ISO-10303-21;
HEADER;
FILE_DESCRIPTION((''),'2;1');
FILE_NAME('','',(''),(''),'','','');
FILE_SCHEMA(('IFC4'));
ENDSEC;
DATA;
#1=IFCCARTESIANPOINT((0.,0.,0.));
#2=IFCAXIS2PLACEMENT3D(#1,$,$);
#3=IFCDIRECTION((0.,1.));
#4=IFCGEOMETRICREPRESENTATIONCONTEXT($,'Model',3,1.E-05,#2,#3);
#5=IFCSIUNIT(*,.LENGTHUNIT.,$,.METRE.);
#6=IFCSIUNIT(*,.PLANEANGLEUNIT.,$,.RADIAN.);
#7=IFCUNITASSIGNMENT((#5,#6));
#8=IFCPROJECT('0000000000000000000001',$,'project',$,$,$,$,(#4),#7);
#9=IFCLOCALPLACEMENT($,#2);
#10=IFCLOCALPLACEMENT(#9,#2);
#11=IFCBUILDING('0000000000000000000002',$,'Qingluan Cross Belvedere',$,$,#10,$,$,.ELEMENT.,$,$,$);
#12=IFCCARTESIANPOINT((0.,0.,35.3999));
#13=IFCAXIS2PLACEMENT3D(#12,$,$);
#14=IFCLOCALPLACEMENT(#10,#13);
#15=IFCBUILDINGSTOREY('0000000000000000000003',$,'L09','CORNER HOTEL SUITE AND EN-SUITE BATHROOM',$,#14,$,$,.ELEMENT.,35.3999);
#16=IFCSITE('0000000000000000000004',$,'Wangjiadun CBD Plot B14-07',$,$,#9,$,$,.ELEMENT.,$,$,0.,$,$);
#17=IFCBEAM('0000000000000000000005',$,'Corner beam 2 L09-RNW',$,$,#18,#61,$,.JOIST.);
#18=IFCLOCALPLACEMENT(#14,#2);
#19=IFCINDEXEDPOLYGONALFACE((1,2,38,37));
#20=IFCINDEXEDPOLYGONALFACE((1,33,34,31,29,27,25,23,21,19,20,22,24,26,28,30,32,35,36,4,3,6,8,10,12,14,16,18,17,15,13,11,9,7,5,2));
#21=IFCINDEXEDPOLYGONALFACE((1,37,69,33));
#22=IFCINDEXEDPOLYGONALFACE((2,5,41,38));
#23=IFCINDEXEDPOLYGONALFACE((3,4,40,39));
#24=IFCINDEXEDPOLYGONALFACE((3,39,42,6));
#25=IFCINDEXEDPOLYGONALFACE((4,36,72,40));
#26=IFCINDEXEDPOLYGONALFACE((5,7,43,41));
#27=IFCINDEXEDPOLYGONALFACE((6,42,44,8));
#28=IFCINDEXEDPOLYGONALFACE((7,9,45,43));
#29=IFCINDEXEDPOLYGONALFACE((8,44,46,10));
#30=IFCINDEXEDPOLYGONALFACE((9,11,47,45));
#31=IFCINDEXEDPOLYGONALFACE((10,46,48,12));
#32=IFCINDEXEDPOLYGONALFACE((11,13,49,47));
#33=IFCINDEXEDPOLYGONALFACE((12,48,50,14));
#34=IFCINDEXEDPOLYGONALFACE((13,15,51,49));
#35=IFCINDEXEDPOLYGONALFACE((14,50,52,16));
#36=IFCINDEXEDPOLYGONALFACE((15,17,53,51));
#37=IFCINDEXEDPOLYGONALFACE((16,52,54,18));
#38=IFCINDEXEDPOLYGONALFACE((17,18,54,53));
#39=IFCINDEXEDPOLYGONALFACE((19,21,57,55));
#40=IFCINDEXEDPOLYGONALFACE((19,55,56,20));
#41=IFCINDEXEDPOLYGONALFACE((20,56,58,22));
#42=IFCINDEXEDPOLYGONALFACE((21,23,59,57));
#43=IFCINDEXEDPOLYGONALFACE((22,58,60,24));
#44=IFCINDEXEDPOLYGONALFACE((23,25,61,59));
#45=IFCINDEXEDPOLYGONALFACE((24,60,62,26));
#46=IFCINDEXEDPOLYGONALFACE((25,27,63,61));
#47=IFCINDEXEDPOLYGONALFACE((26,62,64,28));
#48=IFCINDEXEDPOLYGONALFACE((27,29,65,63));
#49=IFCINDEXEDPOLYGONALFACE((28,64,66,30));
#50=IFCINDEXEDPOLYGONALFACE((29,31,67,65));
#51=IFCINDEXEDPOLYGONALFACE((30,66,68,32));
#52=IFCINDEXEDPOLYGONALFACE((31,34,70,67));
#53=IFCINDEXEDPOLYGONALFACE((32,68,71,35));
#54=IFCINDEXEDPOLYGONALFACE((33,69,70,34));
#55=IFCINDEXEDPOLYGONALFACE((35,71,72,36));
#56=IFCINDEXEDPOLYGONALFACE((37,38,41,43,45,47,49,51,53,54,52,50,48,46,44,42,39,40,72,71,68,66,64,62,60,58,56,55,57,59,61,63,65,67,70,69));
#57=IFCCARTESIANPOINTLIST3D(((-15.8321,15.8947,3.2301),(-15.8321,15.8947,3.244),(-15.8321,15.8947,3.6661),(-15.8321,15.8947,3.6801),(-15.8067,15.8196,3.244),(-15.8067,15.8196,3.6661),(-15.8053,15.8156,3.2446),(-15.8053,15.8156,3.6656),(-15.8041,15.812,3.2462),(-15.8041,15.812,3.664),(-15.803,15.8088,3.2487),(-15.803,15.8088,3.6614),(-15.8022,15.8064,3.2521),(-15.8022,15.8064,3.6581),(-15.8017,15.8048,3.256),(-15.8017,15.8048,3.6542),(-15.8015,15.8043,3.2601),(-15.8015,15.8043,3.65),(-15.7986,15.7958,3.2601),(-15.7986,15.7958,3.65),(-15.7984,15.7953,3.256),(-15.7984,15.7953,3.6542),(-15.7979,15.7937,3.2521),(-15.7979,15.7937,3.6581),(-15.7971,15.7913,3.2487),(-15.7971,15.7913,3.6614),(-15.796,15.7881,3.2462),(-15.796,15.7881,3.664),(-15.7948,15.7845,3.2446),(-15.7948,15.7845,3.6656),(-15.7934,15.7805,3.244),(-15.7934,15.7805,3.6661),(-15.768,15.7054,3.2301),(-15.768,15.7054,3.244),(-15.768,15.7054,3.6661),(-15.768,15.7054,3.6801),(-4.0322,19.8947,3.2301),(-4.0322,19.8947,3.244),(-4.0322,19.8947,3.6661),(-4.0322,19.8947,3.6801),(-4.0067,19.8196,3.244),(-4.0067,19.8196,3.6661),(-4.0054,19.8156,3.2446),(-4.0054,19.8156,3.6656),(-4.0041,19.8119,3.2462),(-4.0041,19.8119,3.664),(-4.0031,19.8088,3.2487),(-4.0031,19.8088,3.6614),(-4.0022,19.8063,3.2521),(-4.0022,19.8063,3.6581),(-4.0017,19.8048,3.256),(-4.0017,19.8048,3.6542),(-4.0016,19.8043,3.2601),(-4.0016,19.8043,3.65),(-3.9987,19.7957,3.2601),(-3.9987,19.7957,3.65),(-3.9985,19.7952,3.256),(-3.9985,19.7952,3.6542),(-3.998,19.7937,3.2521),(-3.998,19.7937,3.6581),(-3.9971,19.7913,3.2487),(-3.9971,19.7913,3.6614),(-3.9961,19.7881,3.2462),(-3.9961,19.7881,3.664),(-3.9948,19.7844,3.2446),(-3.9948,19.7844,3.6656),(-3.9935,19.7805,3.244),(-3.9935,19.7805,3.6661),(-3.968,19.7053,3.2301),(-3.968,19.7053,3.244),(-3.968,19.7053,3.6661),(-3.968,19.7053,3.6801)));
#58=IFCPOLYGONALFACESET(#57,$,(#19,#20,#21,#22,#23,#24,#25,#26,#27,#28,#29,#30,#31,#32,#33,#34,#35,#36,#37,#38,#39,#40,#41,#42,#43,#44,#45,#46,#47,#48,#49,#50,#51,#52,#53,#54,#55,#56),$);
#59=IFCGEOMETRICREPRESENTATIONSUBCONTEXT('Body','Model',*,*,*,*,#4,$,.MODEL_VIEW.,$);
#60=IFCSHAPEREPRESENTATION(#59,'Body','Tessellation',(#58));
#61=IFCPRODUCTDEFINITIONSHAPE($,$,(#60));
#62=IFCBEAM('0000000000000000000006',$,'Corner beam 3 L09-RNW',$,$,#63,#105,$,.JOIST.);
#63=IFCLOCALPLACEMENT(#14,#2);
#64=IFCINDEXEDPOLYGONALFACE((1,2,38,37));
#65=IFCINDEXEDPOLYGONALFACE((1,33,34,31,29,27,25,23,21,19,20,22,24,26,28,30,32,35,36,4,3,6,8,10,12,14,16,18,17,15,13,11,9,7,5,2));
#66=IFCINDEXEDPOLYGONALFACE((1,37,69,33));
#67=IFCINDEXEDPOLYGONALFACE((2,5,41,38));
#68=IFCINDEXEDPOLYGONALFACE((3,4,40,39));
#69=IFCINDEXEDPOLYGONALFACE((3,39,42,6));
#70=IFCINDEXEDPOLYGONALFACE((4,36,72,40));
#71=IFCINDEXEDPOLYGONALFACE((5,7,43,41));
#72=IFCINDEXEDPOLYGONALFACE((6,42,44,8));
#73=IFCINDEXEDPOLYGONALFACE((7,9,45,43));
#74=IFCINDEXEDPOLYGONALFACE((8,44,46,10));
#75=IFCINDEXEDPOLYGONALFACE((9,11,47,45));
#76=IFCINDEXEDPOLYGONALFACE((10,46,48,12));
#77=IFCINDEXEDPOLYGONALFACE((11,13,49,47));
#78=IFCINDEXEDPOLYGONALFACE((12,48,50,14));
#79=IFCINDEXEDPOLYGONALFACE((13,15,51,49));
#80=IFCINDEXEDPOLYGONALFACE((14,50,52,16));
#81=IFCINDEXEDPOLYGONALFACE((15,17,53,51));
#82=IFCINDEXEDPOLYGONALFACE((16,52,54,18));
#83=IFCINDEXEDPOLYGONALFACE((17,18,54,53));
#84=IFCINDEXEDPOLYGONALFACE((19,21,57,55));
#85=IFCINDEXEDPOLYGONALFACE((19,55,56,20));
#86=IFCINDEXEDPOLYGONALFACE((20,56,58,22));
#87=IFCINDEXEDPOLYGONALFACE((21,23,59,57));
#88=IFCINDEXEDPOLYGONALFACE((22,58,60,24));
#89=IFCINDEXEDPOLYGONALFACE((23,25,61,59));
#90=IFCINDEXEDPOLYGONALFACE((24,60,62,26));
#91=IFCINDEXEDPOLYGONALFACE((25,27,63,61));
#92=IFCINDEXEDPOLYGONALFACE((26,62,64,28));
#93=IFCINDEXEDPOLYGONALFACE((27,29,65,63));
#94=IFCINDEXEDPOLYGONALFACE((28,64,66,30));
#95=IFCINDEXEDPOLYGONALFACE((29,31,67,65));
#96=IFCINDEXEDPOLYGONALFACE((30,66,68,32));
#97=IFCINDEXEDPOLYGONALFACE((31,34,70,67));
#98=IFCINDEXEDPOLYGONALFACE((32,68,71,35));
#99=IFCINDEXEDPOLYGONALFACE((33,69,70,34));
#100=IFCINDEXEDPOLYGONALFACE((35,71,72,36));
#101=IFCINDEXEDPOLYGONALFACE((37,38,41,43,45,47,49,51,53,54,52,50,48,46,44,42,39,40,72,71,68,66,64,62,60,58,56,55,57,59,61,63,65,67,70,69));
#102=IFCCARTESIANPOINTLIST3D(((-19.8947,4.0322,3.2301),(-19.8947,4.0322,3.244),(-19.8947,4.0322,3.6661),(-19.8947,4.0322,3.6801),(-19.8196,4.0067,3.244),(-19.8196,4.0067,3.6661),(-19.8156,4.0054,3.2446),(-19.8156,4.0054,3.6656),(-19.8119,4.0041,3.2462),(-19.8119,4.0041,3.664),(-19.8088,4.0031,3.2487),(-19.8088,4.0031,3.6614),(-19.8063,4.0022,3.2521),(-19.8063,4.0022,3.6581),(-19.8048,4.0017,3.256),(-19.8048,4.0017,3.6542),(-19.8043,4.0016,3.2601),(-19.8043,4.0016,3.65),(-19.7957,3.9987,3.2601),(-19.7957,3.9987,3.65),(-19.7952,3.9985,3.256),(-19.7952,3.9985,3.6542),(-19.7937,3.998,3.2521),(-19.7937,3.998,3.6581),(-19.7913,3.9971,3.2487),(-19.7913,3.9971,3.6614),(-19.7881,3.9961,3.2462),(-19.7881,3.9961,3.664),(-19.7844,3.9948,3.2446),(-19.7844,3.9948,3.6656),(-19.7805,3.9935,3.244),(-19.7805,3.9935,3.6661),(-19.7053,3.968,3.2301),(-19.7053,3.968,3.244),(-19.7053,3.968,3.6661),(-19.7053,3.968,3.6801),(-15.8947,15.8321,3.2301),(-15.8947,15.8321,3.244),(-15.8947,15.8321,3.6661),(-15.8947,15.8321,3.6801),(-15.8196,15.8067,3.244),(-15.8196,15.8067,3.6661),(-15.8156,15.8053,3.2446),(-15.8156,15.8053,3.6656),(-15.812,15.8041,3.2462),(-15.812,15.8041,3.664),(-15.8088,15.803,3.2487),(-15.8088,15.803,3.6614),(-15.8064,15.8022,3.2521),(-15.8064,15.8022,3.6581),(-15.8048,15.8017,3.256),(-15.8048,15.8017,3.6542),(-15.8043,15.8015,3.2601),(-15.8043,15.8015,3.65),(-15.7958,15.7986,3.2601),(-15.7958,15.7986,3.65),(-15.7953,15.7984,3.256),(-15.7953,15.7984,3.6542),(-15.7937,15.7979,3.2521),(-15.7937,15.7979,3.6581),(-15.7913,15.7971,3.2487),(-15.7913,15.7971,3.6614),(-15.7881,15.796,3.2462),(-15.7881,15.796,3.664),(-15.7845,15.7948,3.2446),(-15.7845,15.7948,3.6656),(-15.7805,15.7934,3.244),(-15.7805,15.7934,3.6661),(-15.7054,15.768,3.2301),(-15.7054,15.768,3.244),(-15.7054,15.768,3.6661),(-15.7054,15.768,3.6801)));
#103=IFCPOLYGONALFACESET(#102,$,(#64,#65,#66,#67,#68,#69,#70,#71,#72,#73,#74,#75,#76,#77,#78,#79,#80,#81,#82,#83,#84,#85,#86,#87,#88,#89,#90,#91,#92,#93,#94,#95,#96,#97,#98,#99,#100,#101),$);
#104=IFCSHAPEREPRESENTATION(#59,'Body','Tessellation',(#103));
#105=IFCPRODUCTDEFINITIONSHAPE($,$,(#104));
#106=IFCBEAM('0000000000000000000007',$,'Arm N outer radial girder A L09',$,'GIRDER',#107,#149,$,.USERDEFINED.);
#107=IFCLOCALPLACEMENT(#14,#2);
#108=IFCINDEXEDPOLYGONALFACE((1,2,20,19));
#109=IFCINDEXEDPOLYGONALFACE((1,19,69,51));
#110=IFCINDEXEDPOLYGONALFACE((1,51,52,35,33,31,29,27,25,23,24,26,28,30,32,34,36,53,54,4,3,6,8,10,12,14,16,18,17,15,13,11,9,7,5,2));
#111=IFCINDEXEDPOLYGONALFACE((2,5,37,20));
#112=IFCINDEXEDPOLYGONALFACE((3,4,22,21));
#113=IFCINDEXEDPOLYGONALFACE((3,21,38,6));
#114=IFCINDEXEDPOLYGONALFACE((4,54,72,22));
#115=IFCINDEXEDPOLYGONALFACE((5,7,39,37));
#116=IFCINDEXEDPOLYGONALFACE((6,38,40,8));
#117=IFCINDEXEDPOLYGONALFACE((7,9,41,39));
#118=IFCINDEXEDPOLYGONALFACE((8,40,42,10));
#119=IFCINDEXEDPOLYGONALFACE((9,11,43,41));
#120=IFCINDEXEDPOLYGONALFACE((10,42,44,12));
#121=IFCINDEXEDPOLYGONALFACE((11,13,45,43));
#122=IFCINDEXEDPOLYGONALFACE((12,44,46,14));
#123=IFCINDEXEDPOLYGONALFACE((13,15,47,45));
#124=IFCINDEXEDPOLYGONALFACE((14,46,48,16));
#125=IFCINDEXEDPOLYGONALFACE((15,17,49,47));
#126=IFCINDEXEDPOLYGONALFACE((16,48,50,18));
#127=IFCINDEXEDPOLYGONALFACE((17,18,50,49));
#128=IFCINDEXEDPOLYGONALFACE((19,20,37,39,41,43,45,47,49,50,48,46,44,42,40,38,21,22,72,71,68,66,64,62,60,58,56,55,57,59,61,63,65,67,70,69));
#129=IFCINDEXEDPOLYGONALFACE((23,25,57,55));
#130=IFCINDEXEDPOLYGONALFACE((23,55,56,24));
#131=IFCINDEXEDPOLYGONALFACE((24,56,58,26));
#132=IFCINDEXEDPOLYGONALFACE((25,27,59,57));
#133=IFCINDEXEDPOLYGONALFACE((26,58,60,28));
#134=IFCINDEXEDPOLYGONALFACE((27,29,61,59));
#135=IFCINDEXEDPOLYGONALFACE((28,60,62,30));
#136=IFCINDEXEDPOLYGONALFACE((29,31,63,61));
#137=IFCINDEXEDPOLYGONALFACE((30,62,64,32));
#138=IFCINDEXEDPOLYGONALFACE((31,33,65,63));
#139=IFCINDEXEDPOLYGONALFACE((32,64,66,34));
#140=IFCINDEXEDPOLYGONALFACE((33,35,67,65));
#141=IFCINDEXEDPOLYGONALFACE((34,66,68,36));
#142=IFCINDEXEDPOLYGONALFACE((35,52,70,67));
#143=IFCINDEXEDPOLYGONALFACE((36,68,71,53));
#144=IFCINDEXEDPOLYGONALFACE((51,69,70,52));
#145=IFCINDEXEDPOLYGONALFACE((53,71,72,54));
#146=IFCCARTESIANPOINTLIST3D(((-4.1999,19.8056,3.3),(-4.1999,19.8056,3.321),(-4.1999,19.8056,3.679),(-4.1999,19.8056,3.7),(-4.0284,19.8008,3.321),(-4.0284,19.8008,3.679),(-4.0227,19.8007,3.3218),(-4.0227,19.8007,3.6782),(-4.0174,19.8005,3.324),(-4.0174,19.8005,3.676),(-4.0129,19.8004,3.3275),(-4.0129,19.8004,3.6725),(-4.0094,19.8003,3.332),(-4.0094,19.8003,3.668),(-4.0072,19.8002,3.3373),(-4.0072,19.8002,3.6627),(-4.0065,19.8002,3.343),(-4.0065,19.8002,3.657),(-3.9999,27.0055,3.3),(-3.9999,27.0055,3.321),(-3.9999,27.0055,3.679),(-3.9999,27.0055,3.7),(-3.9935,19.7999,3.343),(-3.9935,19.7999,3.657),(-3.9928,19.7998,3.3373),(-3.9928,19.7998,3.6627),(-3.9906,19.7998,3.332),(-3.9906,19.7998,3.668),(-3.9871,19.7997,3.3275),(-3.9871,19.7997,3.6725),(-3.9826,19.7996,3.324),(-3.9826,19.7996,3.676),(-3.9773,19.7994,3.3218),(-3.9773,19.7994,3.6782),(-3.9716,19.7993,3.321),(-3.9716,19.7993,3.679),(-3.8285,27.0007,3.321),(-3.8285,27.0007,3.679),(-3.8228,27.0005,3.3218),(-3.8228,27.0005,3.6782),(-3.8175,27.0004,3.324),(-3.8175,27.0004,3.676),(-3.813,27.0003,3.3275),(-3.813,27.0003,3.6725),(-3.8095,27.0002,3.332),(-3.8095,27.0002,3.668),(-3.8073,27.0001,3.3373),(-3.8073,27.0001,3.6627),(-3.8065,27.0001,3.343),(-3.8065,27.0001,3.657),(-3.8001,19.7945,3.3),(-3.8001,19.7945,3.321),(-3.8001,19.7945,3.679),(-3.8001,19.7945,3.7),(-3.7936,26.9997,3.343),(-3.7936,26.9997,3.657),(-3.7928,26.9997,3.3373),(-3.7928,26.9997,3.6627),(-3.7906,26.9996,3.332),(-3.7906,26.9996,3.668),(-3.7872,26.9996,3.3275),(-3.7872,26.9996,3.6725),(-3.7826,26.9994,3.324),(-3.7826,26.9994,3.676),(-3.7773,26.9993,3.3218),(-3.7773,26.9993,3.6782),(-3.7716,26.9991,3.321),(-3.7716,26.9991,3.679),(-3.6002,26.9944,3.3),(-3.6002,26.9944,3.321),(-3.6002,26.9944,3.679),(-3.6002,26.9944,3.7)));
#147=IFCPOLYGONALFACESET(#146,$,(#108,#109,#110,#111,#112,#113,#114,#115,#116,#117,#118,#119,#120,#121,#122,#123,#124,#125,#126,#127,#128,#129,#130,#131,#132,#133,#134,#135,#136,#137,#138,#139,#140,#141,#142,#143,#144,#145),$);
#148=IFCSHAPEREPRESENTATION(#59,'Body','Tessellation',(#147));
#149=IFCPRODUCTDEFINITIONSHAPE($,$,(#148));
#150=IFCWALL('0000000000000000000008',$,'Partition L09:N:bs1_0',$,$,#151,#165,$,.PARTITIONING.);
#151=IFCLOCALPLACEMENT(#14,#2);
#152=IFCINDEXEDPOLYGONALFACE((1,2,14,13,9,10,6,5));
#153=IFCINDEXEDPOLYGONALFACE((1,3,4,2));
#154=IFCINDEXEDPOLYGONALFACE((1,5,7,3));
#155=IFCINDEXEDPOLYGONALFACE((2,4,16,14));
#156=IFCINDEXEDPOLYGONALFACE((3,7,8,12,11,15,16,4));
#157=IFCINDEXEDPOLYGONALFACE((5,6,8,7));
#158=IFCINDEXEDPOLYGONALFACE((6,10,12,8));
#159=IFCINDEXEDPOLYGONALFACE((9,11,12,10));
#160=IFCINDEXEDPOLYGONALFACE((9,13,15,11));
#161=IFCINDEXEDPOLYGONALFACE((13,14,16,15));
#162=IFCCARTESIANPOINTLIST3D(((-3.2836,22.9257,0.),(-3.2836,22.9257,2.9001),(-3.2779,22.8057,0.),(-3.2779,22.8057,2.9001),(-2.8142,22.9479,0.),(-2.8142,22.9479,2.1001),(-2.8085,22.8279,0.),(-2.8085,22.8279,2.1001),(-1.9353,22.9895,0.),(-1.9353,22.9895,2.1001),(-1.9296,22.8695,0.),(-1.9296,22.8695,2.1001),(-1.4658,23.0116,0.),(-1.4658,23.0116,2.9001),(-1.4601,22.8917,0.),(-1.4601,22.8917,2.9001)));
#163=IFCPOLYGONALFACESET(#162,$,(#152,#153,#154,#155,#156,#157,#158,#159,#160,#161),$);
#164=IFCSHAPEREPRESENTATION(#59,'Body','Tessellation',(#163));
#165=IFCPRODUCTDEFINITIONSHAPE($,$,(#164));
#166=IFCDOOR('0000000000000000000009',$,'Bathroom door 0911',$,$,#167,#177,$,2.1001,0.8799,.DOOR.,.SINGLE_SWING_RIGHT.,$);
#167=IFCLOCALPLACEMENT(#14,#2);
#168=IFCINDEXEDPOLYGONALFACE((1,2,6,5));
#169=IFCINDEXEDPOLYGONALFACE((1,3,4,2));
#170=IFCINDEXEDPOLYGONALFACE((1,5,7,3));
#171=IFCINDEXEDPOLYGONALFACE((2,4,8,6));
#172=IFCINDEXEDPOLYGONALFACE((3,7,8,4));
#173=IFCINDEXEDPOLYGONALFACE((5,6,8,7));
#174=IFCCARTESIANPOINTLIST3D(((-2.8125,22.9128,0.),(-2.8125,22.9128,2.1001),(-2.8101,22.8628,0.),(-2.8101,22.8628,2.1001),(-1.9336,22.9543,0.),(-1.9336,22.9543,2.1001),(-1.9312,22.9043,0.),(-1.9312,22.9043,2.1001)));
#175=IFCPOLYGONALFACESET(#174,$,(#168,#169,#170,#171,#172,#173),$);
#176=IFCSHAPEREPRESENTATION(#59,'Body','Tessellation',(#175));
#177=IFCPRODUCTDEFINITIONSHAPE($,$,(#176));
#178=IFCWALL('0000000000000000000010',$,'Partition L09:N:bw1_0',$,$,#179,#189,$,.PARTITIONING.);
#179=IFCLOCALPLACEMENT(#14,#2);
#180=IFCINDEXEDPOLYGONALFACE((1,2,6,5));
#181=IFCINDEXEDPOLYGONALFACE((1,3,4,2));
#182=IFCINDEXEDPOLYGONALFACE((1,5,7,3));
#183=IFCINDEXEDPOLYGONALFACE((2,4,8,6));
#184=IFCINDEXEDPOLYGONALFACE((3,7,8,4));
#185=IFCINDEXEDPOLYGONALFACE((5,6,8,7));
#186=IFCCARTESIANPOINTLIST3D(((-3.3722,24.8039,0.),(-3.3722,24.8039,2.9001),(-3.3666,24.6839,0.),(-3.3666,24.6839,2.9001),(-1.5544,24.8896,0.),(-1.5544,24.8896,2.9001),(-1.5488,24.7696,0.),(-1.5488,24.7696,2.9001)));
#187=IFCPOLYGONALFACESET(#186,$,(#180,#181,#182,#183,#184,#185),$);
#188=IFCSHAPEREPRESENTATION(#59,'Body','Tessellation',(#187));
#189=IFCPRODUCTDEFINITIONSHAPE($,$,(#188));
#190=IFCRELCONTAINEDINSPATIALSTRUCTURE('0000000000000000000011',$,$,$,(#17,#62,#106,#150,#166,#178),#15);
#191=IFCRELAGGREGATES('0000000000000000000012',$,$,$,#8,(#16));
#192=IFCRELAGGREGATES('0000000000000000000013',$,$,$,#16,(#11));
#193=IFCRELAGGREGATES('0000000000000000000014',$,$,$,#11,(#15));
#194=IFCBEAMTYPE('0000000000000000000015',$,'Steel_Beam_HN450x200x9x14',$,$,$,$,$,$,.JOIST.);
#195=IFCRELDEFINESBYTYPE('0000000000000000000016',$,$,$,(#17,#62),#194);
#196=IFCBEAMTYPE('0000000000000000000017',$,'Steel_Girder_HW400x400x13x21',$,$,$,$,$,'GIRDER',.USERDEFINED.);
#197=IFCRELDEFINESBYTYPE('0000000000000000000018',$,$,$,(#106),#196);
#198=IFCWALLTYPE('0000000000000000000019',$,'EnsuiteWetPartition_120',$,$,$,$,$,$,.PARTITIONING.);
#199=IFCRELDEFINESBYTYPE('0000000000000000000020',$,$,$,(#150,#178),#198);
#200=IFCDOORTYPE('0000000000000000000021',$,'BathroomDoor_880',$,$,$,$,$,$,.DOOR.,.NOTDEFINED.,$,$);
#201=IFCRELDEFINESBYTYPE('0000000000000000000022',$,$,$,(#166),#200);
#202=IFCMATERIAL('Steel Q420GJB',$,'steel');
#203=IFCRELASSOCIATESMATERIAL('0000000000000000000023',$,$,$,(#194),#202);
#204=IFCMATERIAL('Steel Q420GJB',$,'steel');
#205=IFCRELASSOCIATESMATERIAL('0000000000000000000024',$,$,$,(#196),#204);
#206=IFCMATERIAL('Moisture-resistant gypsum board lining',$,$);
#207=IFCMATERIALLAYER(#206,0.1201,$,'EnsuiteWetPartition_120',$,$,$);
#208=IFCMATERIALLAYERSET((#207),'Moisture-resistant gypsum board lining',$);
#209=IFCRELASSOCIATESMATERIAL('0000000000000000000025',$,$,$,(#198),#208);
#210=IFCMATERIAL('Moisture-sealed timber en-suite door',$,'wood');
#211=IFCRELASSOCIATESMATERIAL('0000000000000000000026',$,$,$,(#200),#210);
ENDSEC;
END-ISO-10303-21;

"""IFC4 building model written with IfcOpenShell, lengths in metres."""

from ifc_helpers import new_model, si_unit, direction, frame, frame_2d, origin, origin_2d, place, context, subcontext, project, spatial, rectangle, i_section, extrude, material, layer, layer_set, material_profile, profile_set, type_object, element, fill, save


model = new_model("IFC4")

# Units and contexts
model_context = context("Model", 3, precision=1e-05, world=origin(), true_north=direction((0.0, 1.0)))
body_context = subcontext(model_context, "Body", "Model", "MODEL_VIEW")
ifc_project = project(units=[si_unit("LENGTHUNIT", "METRE"), si_unit("PLANEANGLEUNIT", "RADIAN")], contexts=[model_context])

# Site, building, storey
site_placement = place(None, origin())
site = spatial("IfcSite", under=ifc_project, at=site_placement, Name="Wangjiadun CBD Plot B14-07", CompositionType="ELEMENT", RefElevation=0.0)
building_placement = place(site_placement, origin())
building = spatial("IfcBuilding", under=site, at=building_placement, Name="Qingluan Cross Belvedere", CompositionType="ELEMENT")
storey_placement = place(building_placement, frame((0.0, 0.0, 35.3999)))
storey = spatial("IfcBuildingStorey", under=building, at=storey_placement, Name="L09", Description="CORNER HOTEL SUITE AND EN-SUITE BATHROOM", CompositionType="ELEMENT", Elevation=35.3999)

# Beams
ifc_material_1 = material(Name="Steel Q420GJB", Category="steel")
ifc_material_profile_1 = material_profile(ifc_material_1, i_section(OverallWidth=0.2, OverallDepth=0.45, WebThickness=0.009, FlangeThickness=0.0139, FilletRadius=0.0161, at=origin_2d()), Name="HN450x200x9x14")
ifc_profile_set_1 = profile_set([ifc_material_profile_1], Name="Steel Q420GJB")
beam_type_1 = type_object("IfcBeamType", Name="Steel_Beam_HN450x200x9x14", PredefinedType="JOIST", material=ifc_profile_set_1)
for number, where, z_axis, x_axis, name in (
    (1, (-15.8, 15.8, 3.4551), (0.947066, 0.321038, 0.0), (-0.321038, 0.947066, 0.0), "Corner beam 2 L09-RNW"),
    (2, (-15.8, 15.8, 3.4551), (-0.321038, -0.947066, 0.0), (0.947066, -0.321038, 0.0), "Corner beam 3 L09-RNW"),
):
    element("IfcBeam", number, at=place(storey_placement, frame(where, z_axis=z_axis, x_axis=x_axis)), inside=storey, type_object=beam_type_1, Name=name, PredefinedType="JOIST", context=body_context, shape_type="SweptSolid", body=[
        extrude(i_section(OverallWidth=0.2, OverallDepth=0.45, WebThickness=0.009, FlangeThickness=0.0139, FilletRadius=0.0161, at=origin_2d()), origin(), (0.0, 0.0, 1.0), 12.4595),
    ])
ifc_material_2 = material(Name="Steel Q420GJB", Category="steel")
ifc_material_profile_2 = material_profile(ifc_material_2, i_section(OverallWidth=0.3999, OverallDepth=0.3999, WebThickness=0.0129, FlangeThickness=0.021, FilletRadius=0.022, at=origin_2d()), Name="HW400x400x13x21")
ifc_profile_set_2 = profile_set([ifc_material_profile_2], Name="Steel Q420GJB")
beam_type_2 = type_object("IfcBeamType", Name="Steel_Girder_HW400x400x13x21", ElementType="GIRDER", PredefinedType="USERDEFINED", material=ifc_profile_set_2)
beam_1_placement = place(storey_placement, frame((-4.0, 19.8, 3.5), z_axis=(0.02776, 0.999615, 0.0), x_axis=(-0.999615, 0.02776, 0.0)))
element("IfcBeam", 3, at=beam_1_placement, inside=storey, type_object=beam_type_2, Name="Arm N outer radial girder A L09", ObjectType="GIRDER", PredefinedType="USERDEFINED", context=body_context, shape_type="SweptSolid", body=[
    extrude(i_section(OverallWidth=0.3999, OverallDepth=0.3999, WebThickness=0.0129, FlangeThickness=0.021, FilletRadius=0.022, at=origin_2d()), origin(), (0.0, 0.0, 1.0), 7.2026),
])

# Wall, opening, door
ifc_material_3 = material(Name="Moisture-resistant gypsum board lining")
ifc_layer_1 = layer(ifc_material_3, 0.1201, Name="EnsuiteWetPartition_120")
ifc_layer_set_1 = layer_set([ifc_layer_1], Name="Moisture-resistant gypsum board lining")
wall_type_1 = type_object("IfcWallType", Name="EnsuiteWetPartition_120", PredefinedType="PARTITIONING", material=ifc_layer_set_1)
wall_1_placement = place(storey_placement, frame((-3.2808, 22.8657, 0.0), z_axis=(0.0, 0.0, 1.0), x_axis=(0.998884, 0.047221, 0.0)))
wall_1 = element("IfcWall", 4, at=wall_1_placement, inside=storey, type_object=wall_type_1, Name="Partition L09:N:bs1_0", PredefinedType="PARTITIONING", context=body_context, shape_type="SweptSolid", body=[
    extrude(rectangle(XDim=1.8198, YDim=0.1201, at=frame_2d((0.9099, 0.0))), origin(), (0.0, 0.0, 1.0), 2.9001),
])
opening_1_placement = place(wall_1_placement, frame((0.47, 0.0, 0.0)))
opening_1 = element("IfcOpeningElement", 5, at=opening_1_placement, cuts=wall_1, PredefinedType="OPENING", context=body_context, shape_type="SweptSolid", body=[
    extrude(rectangle(XDim=0.8799, YDim=2.1001, at=frame_2d((0.4399, 1.05))), frame((0.0, 0.0701, 0.0), z_axis=(0.0, -1.0, 0.0), x_axis=(1.0, 0.0, 0.0)), (0.0, 0.0, 1.0), 0.1401),
])
ifc_material_4 = material(Name="Moisture-sealed timber en-suite door", Category="wood")
door_type_1 = type_object("IfcDoorType", Name="BathroomDoor_880", OperationType="NOTDEFINED", PredefinedType="DOOR", material=ifc_material_4)
door_1_placement = place(opening_1_placement, origin())
door_1 = element("IfcDoor", 6, at=door_1_placement, inside=storey, type_object=door_type_1, Name="Bathroom door 0911", OperationType="SINGLE_SWING_RIGHT", OverallHeight=2.1001, OverallWidth=0.8799, PredefinedType="DOOR", context=body_context, shape_type="SweptSolid", body=[
    extrude(rectangle(XDim=0.8799, YDim=2.1001, at=frame_2d((0.4399, 1.05))), frame((0.0, 0.0249, 0.0), z_axis=(0.0, -1.0, 0.0), x_axis=(1.0, 0.0, 0.0)), (0.0, 0.0, 1.0), 0.05),
])
fill(opening_1, door_1)

# Wall
wall_2_placement = place(storey_placement, frame((-3.3694, 24.7439, 0.0), z_axis=(0.0, 0.0, 1.0), x_axis=(0.998891, 0.047087, 0.0)))
element("IfcWall", 7, at=wall_2_placement, inside=storey, type_object=wall_type_1, Name="Partition L09:N:bw1_0", PredefinedType="PARTITIONING", context=body_context, shape_type="SweptSolid", body=[
    extrude(rectangle(XDim=1.8198, YDim=0.1201, at=frame_2d((0.9099, 0.0))), origin(), (0.0, 0.0, 1.0), 2.9001),
])

save(model, "model.ifc")
